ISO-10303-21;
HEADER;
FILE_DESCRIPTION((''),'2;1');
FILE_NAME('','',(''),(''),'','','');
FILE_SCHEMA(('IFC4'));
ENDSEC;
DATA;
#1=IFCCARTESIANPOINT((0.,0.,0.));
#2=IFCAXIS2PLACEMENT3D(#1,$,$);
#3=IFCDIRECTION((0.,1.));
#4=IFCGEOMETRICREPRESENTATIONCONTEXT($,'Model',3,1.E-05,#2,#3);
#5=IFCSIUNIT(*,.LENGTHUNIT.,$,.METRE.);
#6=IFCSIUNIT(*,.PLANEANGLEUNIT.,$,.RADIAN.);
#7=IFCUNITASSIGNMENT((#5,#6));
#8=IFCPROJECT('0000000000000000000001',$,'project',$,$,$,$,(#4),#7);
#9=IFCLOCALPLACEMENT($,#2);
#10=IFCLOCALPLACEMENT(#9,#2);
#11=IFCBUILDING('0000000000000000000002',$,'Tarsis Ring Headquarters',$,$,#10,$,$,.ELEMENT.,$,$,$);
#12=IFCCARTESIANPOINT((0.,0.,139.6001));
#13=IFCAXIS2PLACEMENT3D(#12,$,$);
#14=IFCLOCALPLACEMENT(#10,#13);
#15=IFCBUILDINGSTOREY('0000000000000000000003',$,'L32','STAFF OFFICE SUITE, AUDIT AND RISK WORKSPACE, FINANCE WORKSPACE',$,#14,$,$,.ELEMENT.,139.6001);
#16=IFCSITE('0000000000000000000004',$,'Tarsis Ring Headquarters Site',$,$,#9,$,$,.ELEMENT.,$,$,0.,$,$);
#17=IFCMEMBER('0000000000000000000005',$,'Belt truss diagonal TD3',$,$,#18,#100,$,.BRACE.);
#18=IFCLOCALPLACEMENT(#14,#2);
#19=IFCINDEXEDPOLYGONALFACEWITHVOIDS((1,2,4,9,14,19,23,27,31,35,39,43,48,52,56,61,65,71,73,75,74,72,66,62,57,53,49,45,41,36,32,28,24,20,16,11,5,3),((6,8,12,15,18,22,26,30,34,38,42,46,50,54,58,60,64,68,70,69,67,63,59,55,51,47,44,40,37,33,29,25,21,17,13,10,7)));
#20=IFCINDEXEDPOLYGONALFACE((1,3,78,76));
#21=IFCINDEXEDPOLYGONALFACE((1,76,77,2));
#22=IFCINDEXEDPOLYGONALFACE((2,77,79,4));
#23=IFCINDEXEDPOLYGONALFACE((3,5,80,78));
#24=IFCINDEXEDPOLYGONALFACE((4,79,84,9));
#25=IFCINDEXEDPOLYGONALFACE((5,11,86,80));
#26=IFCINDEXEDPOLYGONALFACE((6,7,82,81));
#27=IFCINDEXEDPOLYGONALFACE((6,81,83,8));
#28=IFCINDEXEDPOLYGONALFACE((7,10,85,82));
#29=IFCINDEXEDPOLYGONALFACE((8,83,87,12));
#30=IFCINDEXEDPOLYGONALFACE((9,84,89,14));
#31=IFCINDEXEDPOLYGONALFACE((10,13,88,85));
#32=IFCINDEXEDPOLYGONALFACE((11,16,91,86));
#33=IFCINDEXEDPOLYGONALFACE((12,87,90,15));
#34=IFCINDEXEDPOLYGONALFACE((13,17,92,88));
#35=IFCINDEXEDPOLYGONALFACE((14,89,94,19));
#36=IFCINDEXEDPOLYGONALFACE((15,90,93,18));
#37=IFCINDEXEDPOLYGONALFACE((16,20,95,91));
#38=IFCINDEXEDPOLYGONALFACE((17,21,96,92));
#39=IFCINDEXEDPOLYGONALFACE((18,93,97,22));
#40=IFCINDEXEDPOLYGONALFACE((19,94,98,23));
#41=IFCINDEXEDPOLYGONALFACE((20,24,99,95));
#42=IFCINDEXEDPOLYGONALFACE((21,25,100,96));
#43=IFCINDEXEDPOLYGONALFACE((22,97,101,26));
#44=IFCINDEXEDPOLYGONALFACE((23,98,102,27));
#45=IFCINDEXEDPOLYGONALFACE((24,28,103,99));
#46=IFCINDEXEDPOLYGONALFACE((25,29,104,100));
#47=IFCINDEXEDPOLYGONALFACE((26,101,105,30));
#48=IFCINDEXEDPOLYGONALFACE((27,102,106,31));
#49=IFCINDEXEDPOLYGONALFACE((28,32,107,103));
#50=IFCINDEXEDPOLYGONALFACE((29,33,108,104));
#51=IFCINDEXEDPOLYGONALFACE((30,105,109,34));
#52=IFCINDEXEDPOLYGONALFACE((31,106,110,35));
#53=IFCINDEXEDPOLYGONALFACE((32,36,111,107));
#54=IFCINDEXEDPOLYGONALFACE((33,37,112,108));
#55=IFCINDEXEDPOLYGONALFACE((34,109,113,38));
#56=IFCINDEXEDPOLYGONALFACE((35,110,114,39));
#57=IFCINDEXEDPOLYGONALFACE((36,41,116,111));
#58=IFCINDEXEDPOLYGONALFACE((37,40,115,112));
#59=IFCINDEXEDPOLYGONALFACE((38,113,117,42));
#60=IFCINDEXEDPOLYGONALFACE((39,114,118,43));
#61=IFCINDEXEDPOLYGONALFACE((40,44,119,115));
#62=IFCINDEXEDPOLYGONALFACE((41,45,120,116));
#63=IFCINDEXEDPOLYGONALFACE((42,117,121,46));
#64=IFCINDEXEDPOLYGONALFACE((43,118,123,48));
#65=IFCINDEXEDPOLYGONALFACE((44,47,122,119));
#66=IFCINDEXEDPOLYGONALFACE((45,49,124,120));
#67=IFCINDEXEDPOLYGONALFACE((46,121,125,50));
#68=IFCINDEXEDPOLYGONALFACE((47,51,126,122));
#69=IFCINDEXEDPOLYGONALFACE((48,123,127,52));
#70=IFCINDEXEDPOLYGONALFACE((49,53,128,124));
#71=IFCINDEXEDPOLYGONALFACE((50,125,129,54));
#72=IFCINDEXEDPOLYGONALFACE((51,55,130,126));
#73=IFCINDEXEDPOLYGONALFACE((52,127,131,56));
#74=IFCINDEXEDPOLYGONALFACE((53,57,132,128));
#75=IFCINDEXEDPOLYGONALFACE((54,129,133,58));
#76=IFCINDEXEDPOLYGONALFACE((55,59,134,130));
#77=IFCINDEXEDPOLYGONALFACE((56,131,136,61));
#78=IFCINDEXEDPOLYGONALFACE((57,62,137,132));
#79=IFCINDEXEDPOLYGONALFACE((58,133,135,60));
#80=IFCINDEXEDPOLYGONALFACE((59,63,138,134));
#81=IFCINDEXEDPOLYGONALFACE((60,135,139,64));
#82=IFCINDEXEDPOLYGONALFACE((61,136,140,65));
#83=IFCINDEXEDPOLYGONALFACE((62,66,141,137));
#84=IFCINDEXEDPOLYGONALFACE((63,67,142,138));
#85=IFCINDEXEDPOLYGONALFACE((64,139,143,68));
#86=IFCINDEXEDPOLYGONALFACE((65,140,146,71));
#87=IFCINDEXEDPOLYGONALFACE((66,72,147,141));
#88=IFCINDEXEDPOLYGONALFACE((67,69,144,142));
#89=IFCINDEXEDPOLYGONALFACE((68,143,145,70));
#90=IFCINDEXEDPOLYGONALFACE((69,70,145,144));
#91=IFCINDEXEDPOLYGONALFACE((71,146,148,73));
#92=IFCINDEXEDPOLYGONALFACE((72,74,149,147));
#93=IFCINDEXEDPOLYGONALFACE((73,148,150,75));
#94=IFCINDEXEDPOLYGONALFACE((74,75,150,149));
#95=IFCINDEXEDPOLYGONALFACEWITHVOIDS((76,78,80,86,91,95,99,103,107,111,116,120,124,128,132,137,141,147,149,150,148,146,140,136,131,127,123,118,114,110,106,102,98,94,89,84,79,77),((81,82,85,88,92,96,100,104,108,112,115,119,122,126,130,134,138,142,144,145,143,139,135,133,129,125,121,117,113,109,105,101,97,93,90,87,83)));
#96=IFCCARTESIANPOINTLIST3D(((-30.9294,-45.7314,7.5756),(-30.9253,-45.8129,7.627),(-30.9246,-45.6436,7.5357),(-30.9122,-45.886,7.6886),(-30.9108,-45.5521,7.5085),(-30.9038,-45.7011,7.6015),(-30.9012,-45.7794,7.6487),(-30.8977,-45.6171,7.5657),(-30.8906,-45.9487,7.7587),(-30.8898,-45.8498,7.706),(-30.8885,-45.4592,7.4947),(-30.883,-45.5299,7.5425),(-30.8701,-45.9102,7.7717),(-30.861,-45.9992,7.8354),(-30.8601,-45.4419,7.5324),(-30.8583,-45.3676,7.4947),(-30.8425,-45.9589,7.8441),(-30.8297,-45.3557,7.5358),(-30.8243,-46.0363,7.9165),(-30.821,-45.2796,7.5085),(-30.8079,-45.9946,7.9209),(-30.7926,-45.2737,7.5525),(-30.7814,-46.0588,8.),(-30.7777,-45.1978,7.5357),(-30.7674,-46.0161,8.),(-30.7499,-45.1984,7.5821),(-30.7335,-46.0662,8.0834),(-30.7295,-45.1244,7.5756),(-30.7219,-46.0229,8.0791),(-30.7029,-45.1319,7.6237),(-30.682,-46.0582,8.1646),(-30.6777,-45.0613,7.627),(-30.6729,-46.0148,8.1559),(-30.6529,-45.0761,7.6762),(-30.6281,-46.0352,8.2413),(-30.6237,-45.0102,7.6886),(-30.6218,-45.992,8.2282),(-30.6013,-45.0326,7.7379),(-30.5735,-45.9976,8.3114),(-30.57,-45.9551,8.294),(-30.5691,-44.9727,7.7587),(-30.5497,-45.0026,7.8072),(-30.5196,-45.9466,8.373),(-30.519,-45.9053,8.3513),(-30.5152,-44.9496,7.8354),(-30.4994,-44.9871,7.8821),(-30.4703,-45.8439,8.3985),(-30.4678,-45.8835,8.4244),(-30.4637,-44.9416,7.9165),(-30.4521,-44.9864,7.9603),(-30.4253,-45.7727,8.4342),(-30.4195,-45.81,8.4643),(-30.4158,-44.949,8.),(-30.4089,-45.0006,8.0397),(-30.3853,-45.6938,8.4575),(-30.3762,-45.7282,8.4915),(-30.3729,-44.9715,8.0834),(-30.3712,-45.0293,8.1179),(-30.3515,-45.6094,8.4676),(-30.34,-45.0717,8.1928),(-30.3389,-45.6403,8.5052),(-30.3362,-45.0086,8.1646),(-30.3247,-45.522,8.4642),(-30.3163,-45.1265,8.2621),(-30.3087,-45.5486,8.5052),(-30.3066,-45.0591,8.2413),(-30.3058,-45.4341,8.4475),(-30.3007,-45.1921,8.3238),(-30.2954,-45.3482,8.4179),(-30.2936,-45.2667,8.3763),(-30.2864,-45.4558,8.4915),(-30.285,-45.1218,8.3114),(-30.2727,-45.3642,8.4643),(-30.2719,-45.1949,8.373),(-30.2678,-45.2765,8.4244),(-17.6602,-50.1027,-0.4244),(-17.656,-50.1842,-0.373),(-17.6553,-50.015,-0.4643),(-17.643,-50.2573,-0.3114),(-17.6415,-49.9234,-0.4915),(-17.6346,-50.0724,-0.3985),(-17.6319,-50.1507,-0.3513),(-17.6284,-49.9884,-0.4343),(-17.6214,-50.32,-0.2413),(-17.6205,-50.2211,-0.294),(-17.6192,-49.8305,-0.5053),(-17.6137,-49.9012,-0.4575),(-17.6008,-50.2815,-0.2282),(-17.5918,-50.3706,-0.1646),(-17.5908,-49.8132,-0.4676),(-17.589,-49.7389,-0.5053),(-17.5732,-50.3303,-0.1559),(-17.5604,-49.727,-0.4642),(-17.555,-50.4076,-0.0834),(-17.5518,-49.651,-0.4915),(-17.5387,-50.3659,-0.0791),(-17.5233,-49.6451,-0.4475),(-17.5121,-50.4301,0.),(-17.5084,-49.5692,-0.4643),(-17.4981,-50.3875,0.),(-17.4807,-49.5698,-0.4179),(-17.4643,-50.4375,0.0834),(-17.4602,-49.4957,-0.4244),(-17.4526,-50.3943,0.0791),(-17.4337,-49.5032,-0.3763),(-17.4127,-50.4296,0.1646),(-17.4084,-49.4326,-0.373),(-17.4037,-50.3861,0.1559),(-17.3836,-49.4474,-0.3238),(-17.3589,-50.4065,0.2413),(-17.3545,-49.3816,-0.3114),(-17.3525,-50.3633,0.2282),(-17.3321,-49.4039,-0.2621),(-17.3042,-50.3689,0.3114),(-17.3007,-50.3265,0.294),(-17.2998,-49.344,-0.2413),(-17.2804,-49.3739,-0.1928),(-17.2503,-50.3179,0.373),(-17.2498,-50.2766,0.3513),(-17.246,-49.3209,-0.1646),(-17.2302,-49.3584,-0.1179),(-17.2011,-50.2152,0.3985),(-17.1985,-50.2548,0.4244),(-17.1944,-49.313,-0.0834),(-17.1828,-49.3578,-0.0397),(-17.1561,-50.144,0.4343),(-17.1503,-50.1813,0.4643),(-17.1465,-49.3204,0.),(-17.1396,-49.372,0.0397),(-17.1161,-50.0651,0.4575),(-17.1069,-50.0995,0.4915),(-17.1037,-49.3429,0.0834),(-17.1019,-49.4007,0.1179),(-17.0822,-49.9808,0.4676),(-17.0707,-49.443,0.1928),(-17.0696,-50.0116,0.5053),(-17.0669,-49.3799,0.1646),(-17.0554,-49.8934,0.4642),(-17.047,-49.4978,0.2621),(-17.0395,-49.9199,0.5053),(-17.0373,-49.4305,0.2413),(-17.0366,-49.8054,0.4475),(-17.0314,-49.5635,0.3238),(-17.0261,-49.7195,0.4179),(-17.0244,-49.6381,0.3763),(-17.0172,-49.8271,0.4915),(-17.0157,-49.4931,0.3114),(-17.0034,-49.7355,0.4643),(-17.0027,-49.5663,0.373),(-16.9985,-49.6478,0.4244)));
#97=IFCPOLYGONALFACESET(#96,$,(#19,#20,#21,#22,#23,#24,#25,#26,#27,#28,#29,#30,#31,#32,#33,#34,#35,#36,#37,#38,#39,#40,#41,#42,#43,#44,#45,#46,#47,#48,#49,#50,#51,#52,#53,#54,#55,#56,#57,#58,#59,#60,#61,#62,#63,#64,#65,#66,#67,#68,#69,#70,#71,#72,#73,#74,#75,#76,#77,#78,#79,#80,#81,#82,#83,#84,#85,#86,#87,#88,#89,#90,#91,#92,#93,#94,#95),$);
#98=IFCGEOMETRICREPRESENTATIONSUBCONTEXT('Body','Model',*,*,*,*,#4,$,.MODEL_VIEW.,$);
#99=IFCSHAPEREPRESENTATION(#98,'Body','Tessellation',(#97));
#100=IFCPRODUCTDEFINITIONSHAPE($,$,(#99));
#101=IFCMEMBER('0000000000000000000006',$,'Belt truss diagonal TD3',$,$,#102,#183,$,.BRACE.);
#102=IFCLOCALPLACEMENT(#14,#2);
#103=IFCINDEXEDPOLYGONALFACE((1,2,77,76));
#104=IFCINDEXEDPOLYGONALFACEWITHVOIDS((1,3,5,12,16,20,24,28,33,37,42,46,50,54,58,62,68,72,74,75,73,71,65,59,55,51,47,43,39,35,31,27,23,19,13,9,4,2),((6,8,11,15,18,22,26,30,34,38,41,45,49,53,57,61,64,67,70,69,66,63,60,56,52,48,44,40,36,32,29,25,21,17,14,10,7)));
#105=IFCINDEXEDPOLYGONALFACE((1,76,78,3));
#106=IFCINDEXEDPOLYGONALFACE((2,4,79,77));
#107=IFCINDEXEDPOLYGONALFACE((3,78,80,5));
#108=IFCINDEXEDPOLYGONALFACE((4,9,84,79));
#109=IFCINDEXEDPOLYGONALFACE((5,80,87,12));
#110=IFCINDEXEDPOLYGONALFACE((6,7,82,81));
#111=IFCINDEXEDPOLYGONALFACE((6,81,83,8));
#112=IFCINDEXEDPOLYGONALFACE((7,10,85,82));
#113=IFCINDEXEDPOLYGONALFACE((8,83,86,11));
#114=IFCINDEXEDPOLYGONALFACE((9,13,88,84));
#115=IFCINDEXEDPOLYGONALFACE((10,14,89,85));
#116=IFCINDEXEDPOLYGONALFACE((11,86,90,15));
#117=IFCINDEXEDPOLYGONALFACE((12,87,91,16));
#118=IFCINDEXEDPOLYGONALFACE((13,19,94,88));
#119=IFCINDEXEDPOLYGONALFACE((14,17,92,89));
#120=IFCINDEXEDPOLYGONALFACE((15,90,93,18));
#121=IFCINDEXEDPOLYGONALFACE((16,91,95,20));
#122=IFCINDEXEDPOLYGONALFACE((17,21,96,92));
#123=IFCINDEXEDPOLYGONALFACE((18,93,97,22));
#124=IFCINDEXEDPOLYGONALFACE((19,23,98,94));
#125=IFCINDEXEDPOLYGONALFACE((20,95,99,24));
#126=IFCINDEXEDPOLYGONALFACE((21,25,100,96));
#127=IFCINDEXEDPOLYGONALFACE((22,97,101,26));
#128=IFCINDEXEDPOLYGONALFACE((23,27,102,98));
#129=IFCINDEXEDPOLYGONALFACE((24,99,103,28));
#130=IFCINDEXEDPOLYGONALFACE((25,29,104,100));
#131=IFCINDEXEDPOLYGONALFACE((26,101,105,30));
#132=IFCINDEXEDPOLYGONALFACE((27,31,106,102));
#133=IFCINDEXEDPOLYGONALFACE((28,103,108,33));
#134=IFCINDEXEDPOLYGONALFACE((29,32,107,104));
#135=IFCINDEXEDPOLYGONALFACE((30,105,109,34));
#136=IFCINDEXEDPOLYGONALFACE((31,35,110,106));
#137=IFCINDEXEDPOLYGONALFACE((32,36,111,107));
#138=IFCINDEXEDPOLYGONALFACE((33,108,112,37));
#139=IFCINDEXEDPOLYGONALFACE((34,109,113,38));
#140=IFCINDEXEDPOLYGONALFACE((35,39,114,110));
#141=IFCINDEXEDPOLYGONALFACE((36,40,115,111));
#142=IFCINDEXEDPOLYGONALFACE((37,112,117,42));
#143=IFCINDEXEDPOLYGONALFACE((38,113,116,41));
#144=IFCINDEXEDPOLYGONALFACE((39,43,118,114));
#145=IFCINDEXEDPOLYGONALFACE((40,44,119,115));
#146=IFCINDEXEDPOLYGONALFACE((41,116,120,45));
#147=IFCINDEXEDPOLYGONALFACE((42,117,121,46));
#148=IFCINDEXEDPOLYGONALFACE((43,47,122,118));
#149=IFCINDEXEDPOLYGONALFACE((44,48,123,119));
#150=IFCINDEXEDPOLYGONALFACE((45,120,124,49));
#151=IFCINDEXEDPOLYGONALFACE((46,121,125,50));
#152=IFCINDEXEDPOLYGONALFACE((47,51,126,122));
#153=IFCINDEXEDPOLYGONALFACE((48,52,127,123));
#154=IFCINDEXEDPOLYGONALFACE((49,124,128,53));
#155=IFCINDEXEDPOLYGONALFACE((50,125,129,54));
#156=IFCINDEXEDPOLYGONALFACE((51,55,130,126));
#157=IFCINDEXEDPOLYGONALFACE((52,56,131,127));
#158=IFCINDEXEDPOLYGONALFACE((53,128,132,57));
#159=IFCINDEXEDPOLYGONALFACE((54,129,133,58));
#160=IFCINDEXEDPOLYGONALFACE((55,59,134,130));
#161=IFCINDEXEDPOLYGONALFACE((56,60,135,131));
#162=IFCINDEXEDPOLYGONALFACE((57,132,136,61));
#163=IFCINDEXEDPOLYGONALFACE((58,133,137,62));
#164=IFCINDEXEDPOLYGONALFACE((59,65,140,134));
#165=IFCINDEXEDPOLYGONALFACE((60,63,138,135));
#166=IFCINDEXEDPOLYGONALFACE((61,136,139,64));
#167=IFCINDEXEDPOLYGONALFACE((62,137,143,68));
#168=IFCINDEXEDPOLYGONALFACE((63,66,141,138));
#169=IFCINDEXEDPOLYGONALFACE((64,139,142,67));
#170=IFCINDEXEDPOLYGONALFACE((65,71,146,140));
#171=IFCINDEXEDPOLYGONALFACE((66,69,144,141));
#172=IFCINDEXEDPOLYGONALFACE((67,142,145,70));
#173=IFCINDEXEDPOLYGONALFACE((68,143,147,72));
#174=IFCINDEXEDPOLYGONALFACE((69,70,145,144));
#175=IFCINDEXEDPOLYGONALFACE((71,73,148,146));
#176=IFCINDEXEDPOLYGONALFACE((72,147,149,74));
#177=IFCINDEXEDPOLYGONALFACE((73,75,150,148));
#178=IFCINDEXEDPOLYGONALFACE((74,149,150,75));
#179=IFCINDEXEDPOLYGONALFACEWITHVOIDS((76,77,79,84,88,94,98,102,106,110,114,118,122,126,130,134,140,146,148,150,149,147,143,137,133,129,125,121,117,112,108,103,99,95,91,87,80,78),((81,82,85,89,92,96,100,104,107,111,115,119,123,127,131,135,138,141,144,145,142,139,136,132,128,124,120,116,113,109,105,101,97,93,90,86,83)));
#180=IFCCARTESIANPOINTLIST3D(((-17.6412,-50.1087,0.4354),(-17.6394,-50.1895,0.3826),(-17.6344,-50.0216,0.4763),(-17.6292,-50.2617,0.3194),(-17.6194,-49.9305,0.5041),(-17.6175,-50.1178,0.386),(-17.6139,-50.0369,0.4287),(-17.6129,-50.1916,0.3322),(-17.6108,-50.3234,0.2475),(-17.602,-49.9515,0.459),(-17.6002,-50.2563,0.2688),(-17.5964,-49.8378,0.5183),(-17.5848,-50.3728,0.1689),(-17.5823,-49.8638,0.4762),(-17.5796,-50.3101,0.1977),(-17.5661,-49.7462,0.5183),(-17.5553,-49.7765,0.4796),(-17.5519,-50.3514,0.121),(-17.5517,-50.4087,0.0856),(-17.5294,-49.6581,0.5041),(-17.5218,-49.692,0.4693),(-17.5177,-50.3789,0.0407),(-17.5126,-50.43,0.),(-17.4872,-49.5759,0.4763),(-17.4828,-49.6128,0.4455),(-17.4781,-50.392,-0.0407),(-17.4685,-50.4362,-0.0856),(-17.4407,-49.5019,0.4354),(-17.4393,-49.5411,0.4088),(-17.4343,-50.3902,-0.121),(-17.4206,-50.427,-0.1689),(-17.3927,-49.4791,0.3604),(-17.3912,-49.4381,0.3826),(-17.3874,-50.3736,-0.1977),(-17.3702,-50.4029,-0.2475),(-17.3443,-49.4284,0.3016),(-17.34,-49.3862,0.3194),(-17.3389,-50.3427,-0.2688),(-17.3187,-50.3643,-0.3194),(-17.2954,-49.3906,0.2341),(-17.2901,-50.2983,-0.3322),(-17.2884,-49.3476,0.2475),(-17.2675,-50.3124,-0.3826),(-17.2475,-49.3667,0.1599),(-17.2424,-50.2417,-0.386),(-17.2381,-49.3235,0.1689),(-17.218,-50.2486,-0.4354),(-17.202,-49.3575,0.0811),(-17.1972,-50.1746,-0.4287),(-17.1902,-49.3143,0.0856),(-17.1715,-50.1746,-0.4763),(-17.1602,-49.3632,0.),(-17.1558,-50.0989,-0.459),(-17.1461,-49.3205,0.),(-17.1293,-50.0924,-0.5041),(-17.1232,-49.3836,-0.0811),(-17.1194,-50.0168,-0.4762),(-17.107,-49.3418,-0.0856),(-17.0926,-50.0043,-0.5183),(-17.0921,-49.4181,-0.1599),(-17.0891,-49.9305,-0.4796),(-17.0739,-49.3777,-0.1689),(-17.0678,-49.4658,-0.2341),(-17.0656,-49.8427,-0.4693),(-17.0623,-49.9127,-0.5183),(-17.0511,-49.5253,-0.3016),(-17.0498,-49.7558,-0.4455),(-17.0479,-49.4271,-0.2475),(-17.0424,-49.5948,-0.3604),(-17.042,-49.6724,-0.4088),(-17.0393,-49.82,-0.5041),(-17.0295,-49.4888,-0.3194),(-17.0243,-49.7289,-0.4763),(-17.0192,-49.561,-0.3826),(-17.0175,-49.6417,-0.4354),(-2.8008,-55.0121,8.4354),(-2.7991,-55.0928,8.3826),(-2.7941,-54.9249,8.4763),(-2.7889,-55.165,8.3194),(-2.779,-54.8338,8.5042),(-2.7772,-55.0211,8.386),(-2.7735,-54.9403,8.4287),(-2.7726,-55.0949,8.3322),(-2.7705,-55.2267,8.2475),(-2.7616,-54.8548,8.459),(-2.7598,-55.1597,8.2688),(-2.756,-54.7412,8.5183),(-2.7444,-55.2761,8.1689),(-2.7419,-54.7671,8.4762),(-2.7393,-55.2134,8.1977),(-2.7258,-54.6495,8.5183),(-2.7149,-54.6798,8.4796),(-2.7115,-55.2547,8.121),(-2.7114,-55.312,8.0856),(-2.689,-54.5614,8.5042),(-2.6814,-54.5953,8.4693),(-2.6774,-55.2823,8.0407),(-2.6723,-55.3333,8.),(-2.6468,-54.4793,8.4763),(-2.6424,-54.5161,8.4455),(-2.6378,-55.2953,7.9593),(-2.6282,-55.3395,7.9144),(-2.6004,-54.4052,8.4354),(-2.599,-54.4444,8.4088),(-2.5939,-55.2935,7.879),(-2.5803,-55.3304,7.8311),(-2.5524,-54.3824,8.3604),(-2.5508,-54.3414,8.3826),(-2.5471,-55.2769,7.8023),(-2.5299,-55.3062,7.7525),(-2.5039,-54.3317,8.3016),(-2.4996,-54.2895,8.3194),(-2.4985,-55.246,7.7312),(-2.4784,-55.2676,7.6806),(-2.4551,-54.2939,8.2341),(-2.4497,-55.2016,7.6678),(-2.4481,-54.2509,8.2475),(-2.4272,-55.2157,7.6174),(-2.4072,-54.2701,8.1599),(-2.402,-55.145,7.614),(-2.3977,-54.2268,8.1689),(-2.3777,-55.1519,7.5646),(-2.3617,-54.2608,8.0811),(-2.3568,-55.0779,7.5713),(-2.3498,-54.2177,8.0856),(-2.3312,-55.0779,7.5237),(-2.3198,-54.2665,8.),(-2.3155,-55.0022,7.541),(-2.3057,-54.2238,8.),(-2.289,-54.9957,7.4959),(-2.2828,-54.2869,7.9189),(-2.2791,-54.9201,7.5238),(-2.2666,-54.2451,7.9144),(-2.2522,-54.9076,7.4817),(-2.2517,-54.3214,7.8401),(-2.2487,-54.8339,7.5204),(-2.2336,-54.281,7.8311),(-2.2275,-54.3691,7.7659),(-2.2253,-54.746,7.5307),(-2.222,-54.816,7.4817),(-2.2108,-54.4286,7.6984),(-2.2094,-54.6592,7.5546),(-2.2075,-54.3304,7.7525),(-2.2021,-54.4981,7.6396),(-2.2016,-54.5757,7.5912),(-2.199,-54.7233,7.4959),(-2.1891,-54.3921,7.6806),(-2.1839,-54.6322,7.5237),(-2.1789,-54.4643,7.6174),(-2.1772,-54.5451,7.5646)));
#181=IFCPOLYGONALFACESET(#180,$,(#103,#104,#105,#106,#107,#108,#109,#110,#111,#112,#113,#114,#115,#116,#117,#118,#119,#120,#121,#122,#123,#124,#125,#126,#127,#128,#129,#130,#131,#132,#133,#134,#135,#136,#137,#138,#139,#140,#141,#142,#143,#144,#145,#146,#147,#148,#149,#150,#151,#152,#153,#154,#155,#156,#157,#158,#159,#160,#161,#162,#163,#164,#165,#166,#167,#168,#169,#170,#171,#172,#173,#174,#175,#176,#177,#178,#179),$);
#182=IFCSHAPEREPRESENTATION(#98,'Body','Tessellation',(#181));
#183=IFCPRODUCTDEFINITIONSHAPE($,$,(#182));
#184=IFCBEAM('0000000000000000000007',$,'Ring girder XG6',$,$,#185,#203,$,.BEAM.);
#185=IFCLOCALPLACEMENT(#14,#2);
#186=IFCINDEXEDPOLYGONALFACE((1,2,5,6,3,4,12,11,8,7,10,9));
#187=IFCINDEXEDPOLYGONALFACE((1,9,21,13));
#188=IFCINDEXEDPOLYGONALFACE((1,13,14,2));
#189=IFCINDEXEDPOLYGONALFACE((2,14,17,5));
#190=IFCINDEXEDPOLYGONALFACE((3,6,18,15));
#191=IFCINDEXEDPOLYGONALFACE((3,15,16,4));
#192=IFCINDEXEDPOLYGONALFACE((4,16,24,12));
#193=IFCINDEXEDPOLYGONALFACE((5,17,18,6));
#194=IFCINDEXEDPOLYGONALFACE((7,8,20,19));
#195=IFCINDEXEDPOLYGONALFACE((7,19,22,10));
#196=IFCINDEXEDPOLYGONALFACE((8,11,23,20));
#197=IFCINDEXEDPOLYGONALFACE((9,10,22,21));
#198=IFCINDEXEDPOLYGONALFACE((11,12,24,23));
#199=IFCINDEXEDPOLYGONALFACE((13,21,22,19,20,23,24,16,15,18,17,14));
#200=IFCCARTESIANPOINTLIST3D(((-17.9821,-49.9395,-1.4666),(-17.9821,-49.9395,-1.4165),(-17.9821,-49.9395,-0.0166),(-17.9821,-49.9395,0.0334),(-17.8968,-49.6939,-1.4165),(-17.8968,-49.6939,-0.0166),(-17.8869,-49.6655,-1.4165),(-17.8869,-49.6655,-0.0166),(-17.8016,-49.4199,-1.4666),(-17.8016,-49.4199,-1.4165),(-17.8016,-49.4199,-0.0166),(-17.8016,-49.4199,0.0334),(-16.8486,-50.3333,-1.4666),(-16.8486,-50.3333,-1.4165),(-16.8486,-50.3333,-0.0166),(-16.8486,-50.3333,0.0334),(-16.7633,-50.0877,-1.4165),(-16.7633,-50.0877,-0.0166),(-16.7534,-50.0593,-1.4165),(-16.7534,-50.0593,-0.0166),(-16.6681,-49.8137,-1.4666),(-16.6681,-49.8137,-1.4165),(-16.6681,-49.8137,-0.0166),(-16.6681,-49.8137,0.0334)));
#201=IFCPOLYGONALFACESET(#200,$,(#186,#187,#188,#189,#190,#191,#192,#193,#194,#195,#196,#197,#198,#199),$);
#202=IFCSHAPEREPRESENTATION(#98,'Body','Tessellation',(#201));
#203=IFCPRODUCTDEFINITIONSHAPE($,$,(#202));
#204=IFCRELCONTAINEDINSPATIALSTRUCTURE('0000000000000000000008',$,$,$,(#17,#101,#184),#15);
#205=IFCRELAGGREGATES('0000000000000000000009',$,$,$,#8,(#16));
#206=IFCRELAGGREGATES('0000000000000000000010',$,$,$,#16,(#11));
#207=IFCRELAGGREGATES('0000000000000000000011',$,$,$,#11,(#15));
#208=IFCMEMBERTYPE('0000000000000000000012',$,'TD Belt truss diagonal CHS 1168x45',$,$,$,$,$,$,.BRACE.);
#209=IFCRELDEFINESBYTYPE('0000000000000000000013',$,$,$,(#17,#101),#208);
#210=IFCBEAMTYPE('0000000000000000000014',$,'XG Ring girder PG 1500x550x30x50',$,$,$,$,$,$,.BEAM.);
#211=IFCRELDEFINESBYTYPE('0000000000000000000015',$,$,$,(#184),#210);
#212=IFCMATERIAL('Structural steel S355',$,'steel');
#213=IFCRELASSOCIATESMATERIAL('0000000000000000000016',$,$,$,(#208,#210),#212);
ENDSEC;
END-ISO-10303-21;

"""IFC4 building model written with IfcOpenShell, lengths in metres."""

from ifc_helpers import new_model, si_unit, direction, frame, origin, origin_2d, place, context, subcontext, project, spatial, hollow_circle, i_section, extrude, material, material_profile, profile_set, type_object, element, save


model = new_model("IFC4")

# Units and contexts
model_context = context("Model", 3, precision=1e-05, world=origin(), true_north=direction((0.0, 1.0)))
body_context = subcontext(model_context, "Body", "Model", "MODEL_VIEW")
ifc_project = project(units=[si_unit("LENGTHUNIT", "METRE"), si_unit("PLANEANGLEUNIT", "RADIAN")], contexts=[model_context])

# Site, building, storey
site_placement = place(None, origin())
site = spatial("IfcSite", under=ifc_project, at=site_placement, Name="Tarsis Ring Headquarters Site", CompositionType="ELEMENT", RefElevation=0.0)
building_placement = place(site_placement, origin())
building = spatial("IfcBuilding", under=site, at=building_placement, Name="Tarsis Ring Headquarters", CompositionType="ELEMENT")
storey_placement = place(building_placement, frame((0.0, 0.0, 139.6001)))
storey = spatial("IfcBuildingStorey", under=building, at=storey_placement, Name="L32", Description="STAFF OFFICE SUITE, AUDIT AND RISK WORKSPACE, FINANCE WORKSPACE", CompositionType="ELEMENT", Elevation=139.6001)

# Shared definitions
ifc_material_1 = material(Name="Structural steel S355", Category="steel")
ifc_material_profile_1 = material_profile(ifc_material_1, hollow_circle(Radius=0.5842, WallThickness=0.0449, at=origin_2d()), Name="CHS 1168x45")
ifc_profile_set_1 = profile_set([ifc_material_profile_1], Name="Structural steel S355")

# Members
member_type_1 = type_object("IfcMemberType", Name="TD Belt truss diagonal CHS 1168x45", PredefinedType="BRACE", material=ifc_profile_set_1)
member_1_placement = place(storey_placement, frame((-17.3293, -49.8752, 0.0), z_axis=(-0.824223, 0.271526, 0.496921), x_axis=(-0.312892, -0.949789, 0.0)))
element("IfcMember", 1, at=member_1_placement, inside=storey, type_object=member_type_1, Name="Belt truss diagonal TD3", PredefinedType="BRACE", context=body_context, shape_type="SweptSolid", body=[
    extrude(hollow_circle(Radius=0.5842, WallThickness=0.0449, at=origin_2d()), origin(), (0.0, 0.0, 1.0), 16.0991),
])
member_2_placement = place(storey_placement, frame((-17.3293, -49.8752, 0.0), z_axis=(0.845225, -0.279267, 0.455637), x_axis=(0.313724, 0.949514, 0.0)))
element("IfcMember", 2, at=member_2_placement, inside=storey, type_object=member_type_1, Name="Belt truss diagonal TD3", PredefinedType="BRACE", context=body_context, shape_type="SweptSolid", body=[
    extrude(hollow_circle(Radius=0.5842, WallThickness=0.0449, at=origin_2d()), origin(), (0.0, 0.0, 1.0), 17.5579),
])

# Beam
ifc_material_profile_2 = material_profile(ifc_material_1, i_section(OverallWidth=0.55, OverallDepth=1.5, WebThickness=0.03, FlangeThickness=0.05, at=origin_2d()), Name="PG 1500x550x30x50")
ifc_profile_set_2 = profile_set([ifc_material_profile_2], Name="Structural steel S355")
beam_type = type_object("IfcBeamType", Name="XG Ring girder PG 1500x550x30x50", PredefinedType="BEAM", material=ifc_profile_set_2)
beam_1_placement = place(storey_placement, frame((-17.8918, -49.6797, -0.7166), z_axis=(0.94462, -0.328166, 0.0), x_axis=(0.328166, 0.94462, 0.0)))
element("IfcBeam", 3, at=beam_1_placement, inside=storey, type_object=beam_type, Name="Ring girder XG6", PredefinedType="BEAM", context=body_context, shape_type="SweptSolid", body=[
    extrude(i_section(OverallWidth=0.55, OverallDepth=1.5, WebThickness=0.03, FlangeThickness=0.05, at=origin_2d()), origin(), (0.0, 0.0, 1.0), 1.2),
])

save(model, "model.ifc")
